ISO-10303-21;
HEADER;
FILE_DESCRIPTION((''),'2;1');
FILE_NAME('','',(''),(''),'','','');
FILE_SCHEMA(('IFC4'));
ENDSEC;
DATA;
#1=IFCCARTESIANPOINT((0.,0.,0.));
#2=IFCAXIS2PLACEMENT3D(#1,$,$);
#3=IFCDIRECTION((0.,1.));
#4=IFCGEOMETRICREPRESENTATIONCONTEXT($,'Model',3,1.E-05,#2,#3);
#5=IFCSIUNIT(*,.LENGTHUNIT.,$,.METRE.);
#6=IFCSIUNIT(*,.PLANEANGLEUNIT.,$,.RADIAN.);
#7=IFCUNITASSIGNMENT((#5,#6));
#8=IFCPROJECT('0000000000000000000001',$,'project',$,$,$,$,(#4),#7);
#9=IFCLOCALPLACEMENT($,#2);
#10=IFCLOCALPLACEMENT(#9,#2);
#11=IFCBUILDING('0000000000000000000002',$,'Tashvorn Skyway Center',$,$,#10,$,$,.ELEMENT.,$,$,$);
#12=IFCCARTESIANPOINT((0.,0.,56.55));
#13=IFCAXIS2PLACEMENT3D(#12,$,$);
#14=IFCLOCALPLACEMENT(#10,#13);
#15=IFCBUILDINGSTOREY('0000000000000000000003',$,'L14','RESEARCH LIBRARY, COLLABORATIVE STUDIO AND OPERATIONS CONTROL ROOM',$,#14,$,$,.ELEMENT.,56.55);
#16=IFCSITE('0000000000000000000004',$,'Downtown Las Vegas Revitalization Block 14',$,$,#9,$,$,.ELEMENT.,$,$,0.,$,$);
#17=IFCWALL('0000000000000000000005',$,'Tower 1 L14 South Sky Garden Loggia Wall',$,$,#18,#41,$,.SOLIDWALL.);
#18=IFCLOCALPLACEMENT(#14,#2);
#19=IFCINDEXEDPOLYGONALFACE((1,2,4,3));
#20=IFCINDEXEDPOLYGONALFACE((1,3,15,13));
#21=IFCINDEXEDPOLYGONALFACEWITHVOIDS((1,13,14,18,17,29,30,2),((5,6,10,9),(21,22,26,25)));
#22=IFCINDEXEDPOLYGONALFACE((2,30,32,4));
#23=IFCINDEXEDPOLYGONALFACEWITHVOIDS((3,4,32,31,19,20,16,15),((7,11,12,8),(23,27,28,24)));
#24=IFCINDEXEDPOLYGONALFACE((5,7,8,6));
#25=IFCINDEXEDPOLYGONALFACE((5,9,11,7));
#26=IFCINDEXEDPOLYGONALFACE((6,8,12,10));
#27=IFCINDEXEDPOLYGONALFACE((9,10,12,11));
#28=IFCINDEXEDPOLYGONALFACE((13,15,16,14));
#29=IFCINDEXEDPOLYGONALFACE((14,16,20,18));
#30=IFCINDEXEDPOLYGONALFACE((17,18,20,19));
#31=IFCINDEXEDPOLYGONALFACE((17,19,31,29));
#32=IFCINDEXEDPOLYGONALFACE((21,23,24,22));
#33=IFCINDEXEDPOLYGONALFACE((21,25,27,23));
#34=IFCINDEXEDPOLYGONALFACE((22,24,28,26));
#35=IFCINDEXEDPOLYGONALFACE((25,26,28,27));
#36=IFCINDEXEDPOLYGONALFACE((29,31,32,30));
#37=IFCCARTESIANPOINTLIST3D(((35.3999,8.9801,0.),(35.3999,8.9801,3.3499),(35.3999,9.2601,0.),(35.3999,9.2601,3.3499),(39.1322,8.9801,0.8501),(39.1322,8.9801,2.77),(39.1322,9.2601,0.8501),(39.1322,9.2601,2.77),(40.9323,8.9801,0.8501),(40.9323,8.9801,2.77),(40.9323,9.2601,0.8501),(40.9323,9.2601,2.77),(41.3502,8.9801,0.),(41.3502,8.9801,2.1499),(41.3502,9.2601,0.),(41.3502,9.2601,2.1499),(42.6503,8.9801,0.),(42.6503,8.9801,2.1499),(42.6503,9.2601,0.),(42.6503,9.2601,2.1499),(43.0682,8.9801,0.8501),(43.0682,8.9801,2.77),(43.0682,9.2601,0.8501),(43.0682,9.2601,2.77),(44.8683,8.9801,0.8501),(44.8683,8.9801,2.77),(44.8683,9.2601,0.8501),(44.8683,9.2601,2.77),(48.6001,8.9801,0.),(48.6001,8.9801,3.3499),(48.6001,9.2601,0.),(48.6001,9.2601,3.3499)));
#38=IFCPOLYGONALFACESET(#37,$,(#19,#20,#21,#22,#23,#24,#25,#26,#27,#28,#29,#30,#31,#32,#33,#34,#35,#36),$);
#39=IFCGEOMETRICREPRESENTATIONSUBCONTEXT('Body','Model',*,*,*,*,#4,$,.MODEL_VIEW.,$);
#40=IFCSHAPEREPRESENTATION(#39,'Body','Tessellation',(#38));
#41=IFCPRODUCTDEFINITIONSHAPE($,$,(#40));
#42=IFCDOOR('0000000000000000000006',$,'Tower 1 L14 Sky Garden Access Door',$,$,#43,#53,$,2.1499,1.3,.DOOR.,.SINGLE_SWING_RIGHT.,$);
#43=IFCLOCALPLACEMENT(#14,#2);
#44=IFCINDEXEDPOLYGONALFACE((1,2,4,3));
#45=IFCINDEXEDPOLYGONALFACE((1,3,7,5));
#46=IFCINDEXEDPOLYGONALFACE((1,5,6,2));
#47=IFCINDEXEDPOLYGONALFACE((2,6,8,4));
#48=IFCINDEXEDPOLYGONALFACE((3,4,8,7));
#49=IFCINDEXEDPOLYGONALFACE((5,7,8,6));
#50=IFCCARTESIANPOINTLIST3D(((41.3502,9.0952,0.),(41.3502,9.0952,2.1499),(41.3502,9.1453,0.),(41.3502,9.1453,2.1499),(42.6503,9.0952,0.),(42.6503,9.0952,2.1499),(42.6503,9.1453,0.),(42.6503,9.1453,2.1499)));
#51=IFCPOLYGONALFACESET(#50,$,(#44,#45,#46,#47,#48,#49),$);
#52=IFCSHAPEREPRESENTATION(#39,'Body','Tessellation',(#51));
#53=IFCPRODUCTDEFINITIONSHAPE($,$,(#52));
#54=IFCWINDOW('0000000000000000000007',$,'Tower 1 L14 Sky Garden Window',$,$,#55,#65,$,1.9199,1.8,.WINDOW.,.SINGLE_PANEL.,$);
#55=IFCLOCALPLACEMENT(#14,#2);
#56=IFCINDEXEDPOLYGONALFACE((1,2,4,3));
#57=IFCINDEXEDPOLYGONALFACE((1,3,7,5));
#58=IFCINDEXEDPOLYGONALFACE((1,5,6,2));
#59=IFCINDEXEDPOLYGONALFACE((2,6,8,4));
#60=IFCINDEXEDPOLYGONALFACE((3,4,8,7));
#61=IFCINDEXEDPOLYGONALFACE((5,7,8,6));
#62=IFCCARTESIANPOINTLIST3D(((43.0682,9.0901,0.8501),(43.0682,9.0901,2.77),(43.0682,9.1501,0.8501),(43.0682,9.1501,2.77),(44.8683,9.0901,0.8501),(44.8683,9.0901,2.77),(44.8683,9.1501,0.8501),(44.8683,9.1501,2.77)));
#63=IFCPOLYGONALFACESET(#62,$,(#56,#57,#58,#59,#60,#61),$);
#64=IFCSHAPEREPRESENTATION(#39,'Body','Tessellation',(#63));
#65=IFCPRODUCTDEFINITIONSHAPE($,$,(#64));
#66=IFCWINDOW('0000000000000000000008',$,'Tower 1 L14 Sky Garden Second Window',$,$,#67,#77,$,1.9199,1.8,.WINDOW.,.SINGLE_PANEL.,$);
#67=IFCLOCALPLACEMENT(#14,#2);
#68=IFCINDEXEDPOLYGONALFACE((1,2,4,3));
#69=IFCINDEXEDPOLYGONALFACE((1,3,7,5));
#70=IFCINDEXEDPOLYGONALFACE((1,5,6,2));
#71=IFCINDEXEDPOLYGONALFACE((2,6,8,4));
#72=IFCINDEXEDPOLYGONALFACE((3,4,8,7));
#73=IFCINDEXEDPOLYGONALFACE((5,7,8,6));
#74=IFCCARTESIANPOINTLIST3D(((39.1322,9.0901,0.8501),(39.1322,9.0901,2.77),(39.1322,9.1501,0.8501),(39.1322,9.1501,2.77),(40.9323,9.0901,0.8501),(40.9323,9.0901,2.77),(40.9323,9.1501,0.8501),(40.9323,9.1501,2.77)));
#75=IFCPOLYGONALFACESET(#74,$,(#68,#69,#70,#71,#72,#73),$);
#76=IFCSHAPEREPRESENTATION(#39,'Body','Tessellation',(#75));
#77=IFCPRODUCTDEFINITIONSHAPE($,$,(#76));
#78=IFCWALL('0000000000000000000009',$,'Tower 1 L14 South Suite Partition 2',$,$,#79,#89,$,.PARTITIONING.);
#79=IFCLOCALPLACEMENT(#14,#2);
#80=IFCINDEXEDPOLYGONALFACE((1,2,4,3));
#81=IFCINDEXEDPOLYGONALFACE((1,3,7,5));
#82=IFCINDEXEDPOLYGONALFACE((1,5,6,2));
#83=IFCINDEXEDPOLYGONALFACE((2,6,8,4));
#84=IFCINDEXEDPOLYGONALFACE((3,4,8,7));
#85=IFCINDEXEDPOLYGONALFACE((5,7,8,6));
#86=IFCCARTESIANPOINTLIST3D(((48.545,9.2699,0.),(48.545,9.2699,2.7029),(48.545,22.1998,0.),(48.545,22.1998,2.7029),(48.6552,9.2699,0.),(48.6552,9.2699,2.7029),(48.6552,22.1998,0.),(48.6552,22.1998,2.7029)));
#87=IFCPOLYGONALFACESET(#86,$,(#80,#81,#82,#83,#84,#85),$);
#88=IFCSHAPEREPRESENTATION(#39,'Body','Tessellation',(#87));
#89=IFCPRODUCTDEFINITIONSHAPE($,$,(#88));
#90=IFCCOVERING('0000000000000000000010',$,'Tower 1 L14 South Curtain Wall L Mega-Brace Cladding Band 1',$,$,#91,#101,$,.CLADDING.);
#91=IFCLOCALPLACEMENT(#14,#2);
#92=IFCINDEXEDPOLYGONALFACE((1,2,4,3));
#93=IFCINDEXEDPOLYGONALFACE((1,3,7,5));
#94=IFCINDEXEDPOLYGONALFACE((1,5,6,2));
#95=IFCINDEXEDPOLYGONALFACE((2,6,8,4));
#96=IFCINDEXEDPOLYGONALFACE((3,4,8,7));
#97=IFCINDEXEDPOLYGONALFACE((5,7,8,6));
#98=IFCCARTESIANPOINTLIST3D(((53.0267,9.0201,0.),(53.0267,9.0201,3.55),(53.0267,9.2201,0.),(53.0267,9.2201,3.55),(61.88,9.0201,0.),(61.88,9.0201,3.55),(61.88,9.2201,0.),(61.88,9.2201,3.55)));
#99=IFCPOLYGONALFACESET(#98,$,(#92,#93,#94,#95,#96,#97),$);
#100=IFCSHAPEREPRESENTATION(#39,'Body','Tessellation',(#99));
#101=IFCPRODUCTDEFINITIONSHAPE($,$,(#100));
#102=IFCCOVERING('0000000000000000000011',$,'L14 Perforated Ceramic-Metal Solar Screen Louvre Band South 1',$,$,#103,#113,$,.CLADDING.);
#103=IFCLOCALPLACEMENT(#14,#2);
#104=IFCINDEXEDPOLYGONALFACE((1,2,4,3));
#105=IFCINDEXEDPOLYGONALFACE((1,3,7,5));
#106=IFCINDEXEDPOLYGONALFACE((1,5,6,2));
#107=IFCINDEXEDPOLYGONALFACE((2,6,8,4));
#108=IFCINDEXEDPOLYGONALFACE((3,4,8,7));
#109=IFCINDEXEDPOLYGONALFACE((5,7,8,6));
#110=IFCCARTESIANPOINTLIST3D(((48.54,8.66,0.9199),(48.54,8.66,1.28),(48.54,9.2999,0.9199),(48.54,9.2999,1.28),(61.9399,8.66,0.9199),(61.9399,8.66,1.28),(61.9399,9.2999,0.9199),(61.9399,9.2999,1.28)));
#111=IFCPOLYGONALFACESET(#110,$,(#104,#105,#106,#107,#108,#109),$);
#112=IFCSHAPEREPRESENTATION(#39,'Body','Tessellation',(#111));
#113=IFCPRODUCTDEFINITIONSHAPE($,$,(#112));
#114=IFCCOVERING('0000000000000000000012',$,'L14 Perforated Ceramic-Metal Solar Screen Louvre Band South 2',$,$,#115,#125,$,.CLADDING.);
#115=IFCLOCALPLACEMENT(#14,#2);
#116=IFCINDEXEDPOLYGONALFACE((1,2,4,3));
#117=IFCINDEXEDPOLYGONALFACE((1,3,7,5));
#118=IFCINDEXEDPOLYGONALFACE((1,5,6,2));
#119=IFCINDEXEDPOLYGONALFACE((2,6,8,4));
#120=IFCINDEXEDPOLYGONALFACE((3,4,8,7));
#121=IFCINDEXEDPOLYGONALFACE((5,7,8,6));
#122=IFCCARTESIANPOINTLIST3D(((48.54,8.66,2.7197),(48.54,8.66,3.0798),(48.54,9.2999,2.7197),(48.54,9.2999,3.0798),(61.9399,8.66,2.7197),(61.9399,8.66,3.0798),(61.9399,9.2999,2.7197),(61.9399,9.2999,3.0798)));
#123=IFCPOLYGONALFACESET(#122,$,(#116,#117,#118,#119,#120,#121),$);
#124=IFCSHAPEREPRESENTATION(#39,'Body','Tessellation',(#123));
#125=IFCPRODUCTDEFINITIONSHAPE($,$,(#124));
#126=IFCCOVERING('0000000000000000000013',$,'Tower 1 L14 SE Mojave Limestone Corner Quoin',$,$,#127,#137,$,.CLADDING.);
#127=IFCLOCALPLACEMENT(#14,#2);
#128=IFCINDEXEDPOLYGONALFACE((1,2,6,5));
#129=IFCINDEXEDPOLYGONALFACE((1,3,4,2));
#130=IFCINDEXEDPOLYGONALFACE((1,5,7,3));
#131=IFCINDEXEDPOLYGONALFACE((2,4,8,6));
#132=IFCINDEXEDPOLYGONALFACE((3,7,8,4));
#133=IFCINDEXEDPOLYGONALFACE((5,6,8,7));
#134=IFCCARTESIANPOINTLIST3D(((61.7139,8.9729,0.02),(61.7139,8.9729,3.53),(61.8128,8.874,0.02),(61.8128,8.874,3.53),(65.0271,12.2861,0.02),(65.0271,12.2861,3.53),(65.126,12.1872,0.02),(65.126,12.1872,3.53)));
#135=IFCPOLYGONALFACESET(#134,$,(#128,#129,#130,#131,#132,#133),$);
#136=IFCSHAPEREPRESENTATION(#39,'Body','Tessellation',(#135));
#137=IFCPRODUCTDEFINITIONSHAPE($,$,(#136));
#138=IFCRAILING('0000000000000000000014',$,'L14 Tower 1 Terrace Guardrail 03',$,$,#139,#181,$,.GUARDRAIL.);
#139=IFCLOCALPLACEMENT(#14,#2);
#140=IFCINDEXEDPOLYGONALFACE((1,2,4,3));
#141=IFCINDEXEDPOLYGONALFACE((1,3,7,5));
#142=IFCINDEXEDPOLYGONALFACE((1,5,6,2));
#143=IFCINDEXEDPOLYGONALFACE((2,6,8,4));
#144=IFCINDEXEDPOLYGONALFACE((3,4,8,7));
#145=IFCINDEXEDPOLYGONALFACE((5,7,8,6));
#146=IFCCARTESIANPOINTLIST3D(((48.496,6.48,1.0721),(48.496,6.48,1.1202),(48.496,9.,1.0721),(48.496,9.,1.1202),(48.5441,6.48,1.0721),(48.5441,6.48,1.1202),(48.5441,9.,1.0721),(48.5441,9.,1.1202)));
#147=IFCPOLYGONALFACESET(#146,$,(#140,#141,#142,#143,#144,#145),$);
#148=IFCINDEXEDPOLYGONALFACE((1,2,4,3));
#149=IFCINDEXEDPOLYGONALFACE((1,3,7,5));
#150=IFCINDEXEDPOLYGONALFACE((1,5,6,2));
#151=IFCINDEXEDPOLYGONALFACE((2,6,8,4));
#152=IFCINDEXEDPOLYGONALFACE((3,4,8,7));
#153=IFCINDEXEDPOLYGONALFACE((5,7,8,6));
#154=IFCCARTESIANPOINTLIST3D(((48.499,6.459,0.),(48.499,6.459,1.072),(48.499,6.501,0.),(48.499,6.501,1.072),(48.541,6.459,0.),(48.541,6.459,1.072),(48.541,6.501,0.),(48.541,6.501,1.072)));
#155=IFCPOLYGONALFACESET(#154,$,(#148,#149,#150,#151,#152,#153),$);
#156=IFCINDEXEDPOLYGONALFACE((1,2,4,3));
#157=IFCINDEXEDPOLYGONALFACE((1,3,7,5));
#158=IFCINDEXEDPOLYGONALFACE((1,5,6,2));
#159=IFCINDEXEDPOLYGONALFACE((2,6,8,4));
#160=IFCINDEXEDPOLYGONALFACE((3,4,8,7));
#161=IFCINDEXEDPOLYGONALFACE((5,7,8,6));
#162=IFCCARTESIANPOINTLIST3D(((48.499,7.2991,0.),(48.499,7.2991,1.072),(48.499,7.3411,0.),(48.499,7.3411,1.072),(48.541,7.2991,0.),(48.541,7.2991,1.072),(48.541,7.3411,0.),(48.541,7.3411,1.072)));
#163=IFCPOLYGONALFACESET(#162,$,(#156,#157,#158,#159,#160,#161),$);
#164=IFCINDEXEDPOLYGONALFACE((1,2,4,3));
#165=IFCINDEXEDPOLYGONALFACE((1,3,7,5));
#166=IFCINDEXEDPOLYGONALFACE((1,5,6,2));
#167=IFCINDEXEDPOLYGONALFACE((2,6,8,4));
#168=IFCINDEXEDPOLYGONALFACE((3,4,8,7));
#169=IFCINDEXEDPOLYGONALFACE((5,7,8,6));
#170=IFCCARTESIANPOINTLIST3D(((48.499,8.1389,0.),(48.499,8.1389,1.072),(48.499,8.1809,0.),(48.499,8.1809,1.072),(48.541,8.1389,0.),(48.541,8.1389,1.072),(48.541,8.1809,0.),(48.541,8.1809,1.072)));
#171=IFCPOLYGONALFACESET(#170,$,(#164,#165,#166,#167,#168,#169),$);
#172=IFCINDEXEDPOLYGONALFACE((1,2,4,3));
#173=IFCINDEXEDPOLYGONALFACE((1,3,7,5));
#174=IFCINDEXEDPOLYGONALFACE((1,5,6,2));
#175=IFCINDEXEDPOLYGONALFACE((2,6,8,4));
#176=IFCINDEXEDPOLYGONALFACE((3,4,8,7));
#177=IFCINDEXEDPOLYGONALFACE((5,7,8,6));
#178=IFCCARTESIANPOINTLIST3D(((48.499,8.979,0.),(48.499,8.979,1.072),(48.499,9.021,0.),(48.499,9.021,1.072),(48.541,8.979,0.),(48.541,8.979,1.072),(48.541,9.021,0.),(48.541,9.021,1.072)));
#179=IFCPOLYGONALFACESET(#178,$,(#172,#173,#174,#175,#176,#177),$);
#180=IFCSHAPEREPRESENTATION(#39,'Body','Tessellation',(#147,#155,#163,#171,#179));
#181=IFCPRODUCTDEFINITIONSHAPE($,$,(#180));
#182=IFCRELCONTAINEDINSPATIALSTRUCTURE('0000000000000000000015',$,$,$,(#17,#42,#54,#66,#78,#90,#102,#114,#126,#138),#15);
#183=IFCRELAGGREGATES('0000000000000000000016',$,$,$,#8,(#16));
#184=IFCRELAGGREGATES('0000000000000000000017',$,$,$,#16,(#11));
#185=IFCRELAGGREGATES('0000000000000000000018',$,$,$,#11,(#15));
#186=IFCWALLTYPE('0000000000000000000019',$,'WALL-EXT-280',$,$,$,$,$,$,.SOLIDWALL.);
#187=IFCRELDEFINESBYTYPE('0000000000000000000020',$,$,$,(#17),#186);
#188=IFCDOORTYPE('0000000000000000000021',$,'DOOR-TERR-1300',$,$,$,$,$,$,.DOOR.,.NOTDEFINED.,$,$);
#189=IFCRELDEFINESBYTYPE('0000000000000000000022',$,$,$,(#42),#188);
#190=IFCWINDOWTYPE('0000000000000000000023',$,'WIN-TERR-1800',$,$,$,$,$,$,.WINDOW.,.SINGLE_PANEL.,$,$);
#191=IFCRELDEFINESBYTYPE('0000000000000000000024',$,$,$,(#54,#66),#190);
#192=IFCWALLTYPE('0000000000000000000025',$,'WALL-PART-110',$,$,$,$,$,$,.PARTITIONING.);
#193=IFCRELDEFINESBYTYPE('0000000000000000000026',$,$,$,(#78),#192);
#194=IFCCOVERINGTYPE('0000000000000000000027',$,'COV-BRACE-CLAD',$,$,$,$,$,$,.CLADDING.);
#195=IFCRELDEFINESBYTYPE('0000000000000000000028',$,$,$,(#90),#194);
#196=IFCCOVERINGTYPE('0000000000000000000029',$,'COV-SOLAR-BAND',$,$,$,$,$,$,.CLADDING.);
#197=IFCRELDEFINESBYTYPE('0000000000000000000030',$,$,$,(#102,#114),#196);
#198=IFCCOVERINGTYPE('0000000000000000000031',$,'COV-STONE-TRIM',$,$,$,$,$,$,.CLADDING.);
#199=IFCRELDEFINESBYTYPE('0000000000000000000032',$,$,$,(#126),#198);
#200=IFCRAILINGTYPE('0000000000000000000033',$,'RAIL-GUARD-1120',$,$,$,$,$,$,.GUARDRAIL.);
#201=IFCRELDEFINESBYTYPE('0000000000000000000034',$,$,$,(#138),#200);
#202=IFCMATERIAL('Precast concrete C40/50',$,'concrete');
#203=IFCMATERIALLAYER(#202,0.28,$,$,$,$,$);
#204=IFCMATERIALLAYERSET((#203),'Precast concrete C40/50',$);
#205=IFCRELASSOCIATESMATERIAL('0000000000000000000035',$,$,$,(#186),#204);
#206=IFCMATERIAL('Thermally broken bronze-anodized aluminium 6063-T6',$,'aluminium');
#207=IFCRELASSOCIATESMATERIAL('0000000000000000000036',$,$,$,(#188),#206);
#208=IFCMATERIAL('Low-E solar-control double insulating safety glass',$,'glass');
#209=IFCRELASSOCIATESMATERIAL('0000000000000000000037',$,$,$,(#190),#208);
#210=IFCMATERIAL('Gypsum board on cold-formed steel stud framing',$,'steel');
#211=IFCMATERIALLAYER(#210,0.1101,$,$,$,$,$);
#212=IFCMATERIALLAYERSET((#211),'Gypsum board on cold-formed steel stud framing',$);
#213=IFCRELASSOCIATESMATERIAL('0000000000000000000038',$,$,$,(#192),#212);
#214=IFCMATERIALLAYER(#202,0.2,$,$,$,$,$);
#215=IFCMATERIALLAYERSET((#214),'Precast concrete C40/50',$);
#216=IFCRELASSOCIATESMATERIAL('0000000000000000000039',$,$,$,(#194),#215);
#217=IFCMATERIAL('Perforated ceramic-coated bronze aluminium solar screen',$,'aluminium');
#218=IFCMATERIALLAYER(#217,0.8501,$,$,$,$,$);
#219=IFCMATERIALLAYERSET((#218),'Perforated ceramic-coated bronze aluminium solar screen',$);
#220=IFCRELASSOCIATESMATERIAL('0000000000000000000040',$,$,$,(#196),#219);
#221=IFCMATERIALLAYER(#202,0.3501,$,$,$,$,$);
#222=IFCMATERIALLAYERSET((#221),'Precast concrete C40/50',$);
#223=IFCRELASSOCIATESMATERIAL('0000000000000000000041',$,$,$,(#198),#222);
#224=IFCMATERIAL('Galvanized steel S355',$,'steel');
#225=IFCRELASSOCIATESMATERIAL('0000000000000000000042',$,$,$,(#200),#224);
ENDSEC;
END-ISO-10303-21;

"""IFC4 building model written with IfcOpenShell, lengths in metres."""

from ifc_helpers import new_model, si_unit, direction, frame, frame_2d, origin, origin_2d, place, context, subcontext, project, spatial, rectangle, extrude, material, layer, layer_set, type_object, element, fill, save


model = new_model("IFC4")

# Units and contexts
model_context = context("Model", 3, precision=1e-05, world=origin(), true_north=direction((0.0, 1.0)))
body_context = subcontext(model_context, "Body", "Model", "MODEL_VIEW")
ifc_project = project(units=[si_unit("LENGTHUNIT", "METRE"), si_unit("PLANEANGLEUNIT", "RADIAN")], contexts=[model_context])

# Site, building, storey
site_placement = place(None, origin())
site = spatial("IfcSite", under=ifc_project, at=site_placement, Name="Downtown Las Vegas Revitalization Block 14", CompositionType="ELEMENT", RefElevation=0.0)
building_placement = place(site_placement, origin())
building = spatial("IfcBuilding", under=site, at=building_placement, Name="Tashvorn Skyway Center", CompositionType="ELEMENT")
storey_placement = place(building_placement, frame((0.0, 0.0, 56.55)))
storey = spatial("IfcBuildingStorey", under=building, at=storey_placement, Name="L14", Description="RESEARCH LIBRARY, COLLABORATIVE STUDIO AND OPERATIONS CONTROL ROOM", CompositionType="ELEMENT", Elevation=56.55)

# Shared definitions
ifc_material_1 = material(Name="Thermally broken bronze-anodized aluminium 6063-T6", Category="aluminium")
ifc_material_2 = material(Name="Low-E solar-control double insulating safety glass", Category="glass")

# Wall, openings, door, windows
ifc_material_3 = material(Name="Precast concrete C40/50", Category="concrete")
ifc_layer_1 = layer(ifc_material_3, 0.28)
ifc_layer_set_1 = layer_set([ifc_layer_1], Name="Precast concrete C40/50")
wall_type_1 = type_object("IfcWallType", Name="WALL-EXT-280", PredefinedType="SOLIDWALL", material=ifc_layer_set_1)
wall_1_placement = place(storey_placement, frame((48.6001, 9.1201, 0.0), z_axis=(0.0, 0.0, 1.0), x_axis=(-1.0, 0.0, 0.0)))
wall_1 = element("IfcWall", 1, at=wall_1_placement, inside=storey, type_object=wall_type_1, Name="Tower 1 L14 South Sky Garden Loggia Wall", PredefinedType="SOLIDWALL", context=body_context, shape_type="SweptSolid", body=[
    extrude(rectangle(XDim=13.2002, YDim=0.28, at=frame_2d((6.6001, 0.0))), origin(), (0.0, 0.0, 1.0), 3.3499),
])
opening_1_placement = place(wall_1_placement, frame((5.95, 0.0, 0.0)))
opening_1 = element("IfcOpeningElement", 2, at=opening_1_placement, cuts=wall_1, PredefinedType="OPENING", context=body_context, shape_type="SweptSolid", body=[
    extrude(rectangle(XDim=1.3, YDim=2.1499, at=frame_2d((0.6499, 1.075))), frame((0.0, 0.1499, 0.0), z_axis=(0.0, -1.0, 0.0), x_axis=(1.0, 0.0, 0.0)), (0.0, 0.0, 1.0), 0.3),
])
opening_2_placement = place(wall_1_placement, frame((3.7319, 0.0, 0.8501)))
opening_2 = element("IfcOpeningElement", 3, at=opening_2_placement, cuts=wall_1, PredefinedType="OPENING", context=body_context, shape_type="SweptSolid", body=[
    extrude(rectangle(XDim=1.8, YDim=1.9199, at=frame_2d((0.8999, 0.96))), frame((0.0, 0.1499, 0.0), z_axis=(0.0, -1.0, 0.0), x_axis=(1.0, 0.0, 0.0)), (0.0, 0.0, 1.0), 0.3),
])
opening_3_placement = place(wall_1_placement, frame((7.668, 0.0, 0.8501)))
opening_3 = element("IfcOpeningElement", 4, at=opening_3_placement, cuts=wall_1, PredefinedType="OPENING", context=body_context, shape_type="SweptSolid", body=[
    extrude(rectangle(XDim=1.8, YDim=1.9199, at=frame_2d((0.8999, 0.96))), frame((0.0, 0.1499, 0.0), z_axis=(0.0, -1.0, 0.0), x_axis=(1.0, 0.0, 0.0)), (0.0, 0.0, 1.0), 0.3),
])
door_type = type_object("IfcDoorType", Name="DOOR-TERR-1300", OperationType="NOTDEFINED", PredefinedType="DOOR", material=ifc_material_1)
door_placement = place(opening_1_placement, origin())
door = element("IfcDoor", 5, at=door_placement, inside=storey, type_object=door_type, Name="Tower 1 L14 Sky Garden Access Door", OperationType="SINGLE_SWING_RIGHT", OverallHeight=2.1499, OverallWidth=1.3, PredefinedType="DOOR", context=body_context, shape_type="SweptSolid", body=[
    extrude(rectangle(XDim=1.3, YDim=2.1499, at=frame_2d((0.6499, 1.075))), frame((0.0, 0.0249, 0.0), z_axis=(0.0, -1.0, 0.0), x_axis=(1.0, 0.0, 0.0)), (0.0, 0.0, 1.0), 0.05),
])
fill(opening_1, door)
window_type = type_object("IfcWindowType", Name="WIN-TERR-1800", PartitioningType="SINGLE_PANEL", PredefinedType="WINDOW", material=ifc_material_2)
window_1_placement = place(opening_2_placement, origin())
window_1 = element("IfcWindow", 6, at=window_1_placement, inside=storey, type_object=window_type, Name="Tower 1 L14 Sky Garden Window", OverallHeight=1.9199, OverallWidth=1.8, PartitioningType="SINGLE_PANEL", PredefinedType="WINDOW", context=body_context, shape_type="SweptSolid", body=[
    extrude(rectangle(XDim=1.8, YDim=1.9199, at=frame_2d((0.8999, 0.96))), frame((0.0, 0.03, 0.0), z_axis=(0.0, -1.0, 0.0), x_axis=(1.0, 0.0, 0.0)), (0.0, 0.0, 1.0), 0.0601),
])
fill(opening_2, window_1)
window_2_placement = place(opening_3_placement, origin())
window_2 = element("IfcWindow", 7, at=window_2_placement, inside=storey, type_object=window_type, Name="Tower 1 L14 Sky Garden Second Window", OverallHeight=1.9199, OverallWidth=1.8, PartitioningType="SINGLE_PANEL", PredefinedType="WINDOW", context=body_context, shape_type="SweptSolid", body=[
    extrude(rectangle(XDim=1.8, YDim=1.9199, at=frame_2d((0.8999, 0.96))), frame((0.0, 0.03, 0.0), z_axis=(0.0, -1.0, 0.0), x_axis=(1.0, 0.0, 0.0)), (0.0, 0.0, 1.0), 0.0601),
])
fill(opening_3, window_2)

# Wall
ifc_material_4 = material(Name="Gypsum board on cold-formed steel stud framing", Category="steel")
ifc_layer_2 = layer(ifc_material_4, 0.1101)
ifc_layer_set_2 = layer_set([ifc_layer_2], Name="Gypsum board on cold-formed steel stud framing")
wall_type_2 = type_object("IfcWallType", Name="WALL-PART-110", PredefinedType="PARTITIONING", material=ifc_layer_set_2)
wall_2_placement = place(storey_placement, frame((48.6001, 9.27, 0.0), z_axis=(0.0, 0.0, 1.0), x_axis=(0.0, 1.0, 0.0)))
element("IfcWall", 8, at=wall_2_placement, inside=storey, type_object=wall_type_2, Name="Tower 1 L14 South Suite Partition 2", PredefinedType="PARTITIONING", context=body_context, shape_type="SweptSolid", body=[
    extrude(rectangle(XDim=12.9299, YDim=0.1101, at=frame_2d((6.4648, 0.0))), origin(), (0.0, 0.0, 1.0), 2.7029),
])

# Coverings
ifc_layer_3 = layer(ifc_material_3, 0.2)
ifc_layer_set_3 = layer_set([ifc_layer_3], Name="Precast concrete C40/50")
covering_type_1 = type_object("IfcCoveringType", Name="COV-BRACE-CLAD", PredefinedType="CLADDING", material=ifc_layer_set_3)
covering_1_placement = place(storey_placement, frame((57.4534, 9.1201, 0.0), z_axis=(0.0, 0.0, 1.0), x_axis=(-1.0, 0.0, 0.0)))
element("IfcCovering", 9, at=covering_1_placement, inside=storey, type_object=covering_type_1, Name="Tower 1 L14 South Curtain Wall L Mega-Brace Cladding Band 1", PredefinedType="CLADDING", context=body_context, shape_type="SweptSolid", body=[
    extrude(rectangle(XDim=8.8533, YDim=0.2, at=origin_2d()), origin(), (0.0, 0.0, 1.0), 3.55),
])
ifc_material_5 = material(Name="Perforated ceramic-coated bronze aluminium solar screen", Category="aluminium")
ifc_layer_4 = layer(ifc_material_5, 0.8501)
ifc_layer_set_4 = layer_set([ifc_layer_4], Name="Perforated ceramic-coated bronze aluminium solar screen")
covering_type_2 = type_object("IfcCoveringType", Name="COV-SOLAR-BAND", PredefinedType="CLADDING", material=ifc_layer_set_4)
for number, where, z_axis, x_axis, name in (
    (10, (55.24, 8.98, 0.9199), (0.0, 0.0, 1.0), (-1.0, 0.0, 0.0), "L14 Perforated Ceramic-Metal Solar Screen Louvre Band South 1"),
    (11, (55.24, 8.98, 2.7197), (0.0, 0.0, 1.0), (-1.0, 0.0, 0.0), "L14 Perforated Ceramic-Metal Solar Screen Louvre Band South 2"),
):
    element("IfcCovering", number, at=place(storey_placement, frame(where, z_axis=z_axis, x_axis=x_axis)), inside=storey, type_object=covering_type_2, Name=name, PredefinedType="CLADDING", context=body_context, shape_type="SweptSolid", body=[
        extrude(rectangle(XDim=13.3999, YDim=0.6399, at=origin_2d()), origin(), (0.0, 0.0, 1.0), 0.3601),
    ])
ifc_layer_5 = layer(ifc_material_3, 0.3501)
ifc_layer_set_5 = layer_set([ifc_layer_5], Name="Precast concrete C40/50")
covering_type_3 = type_object("IfcCoveringType", Name="COV-STONE-TRIM", PredefinedType="CLADDING", material=ifc_layer_set_5)
covering_2_placement = place(storey_placement, frame((63.4199, 10.5801, 0.02), z_axis=(0.0, 0.0, 1.0), x_axis=(0.707107, 0.707107, 0.0)))
element("IfcCovering", 12, at=covering_2_placement, inside=storey, type_object=covering_type_3, Name="Tower 1 L14 SE Mojave Limestone Corner Quoin", PredefinedType="CLADDING", context=body_context, shape_type="SweptSolid", body=[
    extrude(rectangle(XDim=4.6855, YDim=0.1399, at=origin_2d()), origin(), (0.0, 0.0, 1.0), 3.51),
])

# Railing
ifc_material_6 = material(Name="Galvanized steel S355", Category="steel")
railing_type = type_object("IfcRailingType", Name="RAIL-GUARD-1120", PredefinedType="GUARDRAIL", material=ifc_material_6)
railing_placement = place(storey_placement, frame((48.52, 6.48, 0.0)))
element("IfcRailing", 13, at=railing_placement, inside=storey, type_object=railing_type, Name="L14 Tower 1 Terrace Guardrail 03", PredefinedType="GUARDRAIL", context=body_context, shape_type="SweptSolid", body=[
    extrude(rectangle(XDim=0.0481, YDim=0.0481, at=origin_2d()), frame((0.0, 0.0, 1.0962), z_axis=(0.0, 1.0, 0.0), x_axis=(-1.0, 0.0, 0.0)), (0.0, 0.0, 1.0), 2.52),
    extrude(rectangle(XDim=0.042, YDim=0.042, at=origin_2d()), origin(), (0.0, 0.0, 1.0), 1.072),
    extrude(rectangle(XDim=0.042, YDim=0.042, at=origin_2d()), frame((0.0, 0.8401, 0.0)), (0.0, 0.0, 1.0), 1.072),
    extrude(rectangle(XDim=0.042, YDim=0.042, at=origin_2d()), frame((0.0, 1.6799, 0.0)), (0.0, 0.0, 1.0), 1.072),
    extrude(rectangle(XDim=0.042, YDim=0.042, at=origin_2d()), frame((0.0, 2.52, 0.0)), (0.0, 0.0, 1.0), 1.072),
])

save(model, "model.ifc")
